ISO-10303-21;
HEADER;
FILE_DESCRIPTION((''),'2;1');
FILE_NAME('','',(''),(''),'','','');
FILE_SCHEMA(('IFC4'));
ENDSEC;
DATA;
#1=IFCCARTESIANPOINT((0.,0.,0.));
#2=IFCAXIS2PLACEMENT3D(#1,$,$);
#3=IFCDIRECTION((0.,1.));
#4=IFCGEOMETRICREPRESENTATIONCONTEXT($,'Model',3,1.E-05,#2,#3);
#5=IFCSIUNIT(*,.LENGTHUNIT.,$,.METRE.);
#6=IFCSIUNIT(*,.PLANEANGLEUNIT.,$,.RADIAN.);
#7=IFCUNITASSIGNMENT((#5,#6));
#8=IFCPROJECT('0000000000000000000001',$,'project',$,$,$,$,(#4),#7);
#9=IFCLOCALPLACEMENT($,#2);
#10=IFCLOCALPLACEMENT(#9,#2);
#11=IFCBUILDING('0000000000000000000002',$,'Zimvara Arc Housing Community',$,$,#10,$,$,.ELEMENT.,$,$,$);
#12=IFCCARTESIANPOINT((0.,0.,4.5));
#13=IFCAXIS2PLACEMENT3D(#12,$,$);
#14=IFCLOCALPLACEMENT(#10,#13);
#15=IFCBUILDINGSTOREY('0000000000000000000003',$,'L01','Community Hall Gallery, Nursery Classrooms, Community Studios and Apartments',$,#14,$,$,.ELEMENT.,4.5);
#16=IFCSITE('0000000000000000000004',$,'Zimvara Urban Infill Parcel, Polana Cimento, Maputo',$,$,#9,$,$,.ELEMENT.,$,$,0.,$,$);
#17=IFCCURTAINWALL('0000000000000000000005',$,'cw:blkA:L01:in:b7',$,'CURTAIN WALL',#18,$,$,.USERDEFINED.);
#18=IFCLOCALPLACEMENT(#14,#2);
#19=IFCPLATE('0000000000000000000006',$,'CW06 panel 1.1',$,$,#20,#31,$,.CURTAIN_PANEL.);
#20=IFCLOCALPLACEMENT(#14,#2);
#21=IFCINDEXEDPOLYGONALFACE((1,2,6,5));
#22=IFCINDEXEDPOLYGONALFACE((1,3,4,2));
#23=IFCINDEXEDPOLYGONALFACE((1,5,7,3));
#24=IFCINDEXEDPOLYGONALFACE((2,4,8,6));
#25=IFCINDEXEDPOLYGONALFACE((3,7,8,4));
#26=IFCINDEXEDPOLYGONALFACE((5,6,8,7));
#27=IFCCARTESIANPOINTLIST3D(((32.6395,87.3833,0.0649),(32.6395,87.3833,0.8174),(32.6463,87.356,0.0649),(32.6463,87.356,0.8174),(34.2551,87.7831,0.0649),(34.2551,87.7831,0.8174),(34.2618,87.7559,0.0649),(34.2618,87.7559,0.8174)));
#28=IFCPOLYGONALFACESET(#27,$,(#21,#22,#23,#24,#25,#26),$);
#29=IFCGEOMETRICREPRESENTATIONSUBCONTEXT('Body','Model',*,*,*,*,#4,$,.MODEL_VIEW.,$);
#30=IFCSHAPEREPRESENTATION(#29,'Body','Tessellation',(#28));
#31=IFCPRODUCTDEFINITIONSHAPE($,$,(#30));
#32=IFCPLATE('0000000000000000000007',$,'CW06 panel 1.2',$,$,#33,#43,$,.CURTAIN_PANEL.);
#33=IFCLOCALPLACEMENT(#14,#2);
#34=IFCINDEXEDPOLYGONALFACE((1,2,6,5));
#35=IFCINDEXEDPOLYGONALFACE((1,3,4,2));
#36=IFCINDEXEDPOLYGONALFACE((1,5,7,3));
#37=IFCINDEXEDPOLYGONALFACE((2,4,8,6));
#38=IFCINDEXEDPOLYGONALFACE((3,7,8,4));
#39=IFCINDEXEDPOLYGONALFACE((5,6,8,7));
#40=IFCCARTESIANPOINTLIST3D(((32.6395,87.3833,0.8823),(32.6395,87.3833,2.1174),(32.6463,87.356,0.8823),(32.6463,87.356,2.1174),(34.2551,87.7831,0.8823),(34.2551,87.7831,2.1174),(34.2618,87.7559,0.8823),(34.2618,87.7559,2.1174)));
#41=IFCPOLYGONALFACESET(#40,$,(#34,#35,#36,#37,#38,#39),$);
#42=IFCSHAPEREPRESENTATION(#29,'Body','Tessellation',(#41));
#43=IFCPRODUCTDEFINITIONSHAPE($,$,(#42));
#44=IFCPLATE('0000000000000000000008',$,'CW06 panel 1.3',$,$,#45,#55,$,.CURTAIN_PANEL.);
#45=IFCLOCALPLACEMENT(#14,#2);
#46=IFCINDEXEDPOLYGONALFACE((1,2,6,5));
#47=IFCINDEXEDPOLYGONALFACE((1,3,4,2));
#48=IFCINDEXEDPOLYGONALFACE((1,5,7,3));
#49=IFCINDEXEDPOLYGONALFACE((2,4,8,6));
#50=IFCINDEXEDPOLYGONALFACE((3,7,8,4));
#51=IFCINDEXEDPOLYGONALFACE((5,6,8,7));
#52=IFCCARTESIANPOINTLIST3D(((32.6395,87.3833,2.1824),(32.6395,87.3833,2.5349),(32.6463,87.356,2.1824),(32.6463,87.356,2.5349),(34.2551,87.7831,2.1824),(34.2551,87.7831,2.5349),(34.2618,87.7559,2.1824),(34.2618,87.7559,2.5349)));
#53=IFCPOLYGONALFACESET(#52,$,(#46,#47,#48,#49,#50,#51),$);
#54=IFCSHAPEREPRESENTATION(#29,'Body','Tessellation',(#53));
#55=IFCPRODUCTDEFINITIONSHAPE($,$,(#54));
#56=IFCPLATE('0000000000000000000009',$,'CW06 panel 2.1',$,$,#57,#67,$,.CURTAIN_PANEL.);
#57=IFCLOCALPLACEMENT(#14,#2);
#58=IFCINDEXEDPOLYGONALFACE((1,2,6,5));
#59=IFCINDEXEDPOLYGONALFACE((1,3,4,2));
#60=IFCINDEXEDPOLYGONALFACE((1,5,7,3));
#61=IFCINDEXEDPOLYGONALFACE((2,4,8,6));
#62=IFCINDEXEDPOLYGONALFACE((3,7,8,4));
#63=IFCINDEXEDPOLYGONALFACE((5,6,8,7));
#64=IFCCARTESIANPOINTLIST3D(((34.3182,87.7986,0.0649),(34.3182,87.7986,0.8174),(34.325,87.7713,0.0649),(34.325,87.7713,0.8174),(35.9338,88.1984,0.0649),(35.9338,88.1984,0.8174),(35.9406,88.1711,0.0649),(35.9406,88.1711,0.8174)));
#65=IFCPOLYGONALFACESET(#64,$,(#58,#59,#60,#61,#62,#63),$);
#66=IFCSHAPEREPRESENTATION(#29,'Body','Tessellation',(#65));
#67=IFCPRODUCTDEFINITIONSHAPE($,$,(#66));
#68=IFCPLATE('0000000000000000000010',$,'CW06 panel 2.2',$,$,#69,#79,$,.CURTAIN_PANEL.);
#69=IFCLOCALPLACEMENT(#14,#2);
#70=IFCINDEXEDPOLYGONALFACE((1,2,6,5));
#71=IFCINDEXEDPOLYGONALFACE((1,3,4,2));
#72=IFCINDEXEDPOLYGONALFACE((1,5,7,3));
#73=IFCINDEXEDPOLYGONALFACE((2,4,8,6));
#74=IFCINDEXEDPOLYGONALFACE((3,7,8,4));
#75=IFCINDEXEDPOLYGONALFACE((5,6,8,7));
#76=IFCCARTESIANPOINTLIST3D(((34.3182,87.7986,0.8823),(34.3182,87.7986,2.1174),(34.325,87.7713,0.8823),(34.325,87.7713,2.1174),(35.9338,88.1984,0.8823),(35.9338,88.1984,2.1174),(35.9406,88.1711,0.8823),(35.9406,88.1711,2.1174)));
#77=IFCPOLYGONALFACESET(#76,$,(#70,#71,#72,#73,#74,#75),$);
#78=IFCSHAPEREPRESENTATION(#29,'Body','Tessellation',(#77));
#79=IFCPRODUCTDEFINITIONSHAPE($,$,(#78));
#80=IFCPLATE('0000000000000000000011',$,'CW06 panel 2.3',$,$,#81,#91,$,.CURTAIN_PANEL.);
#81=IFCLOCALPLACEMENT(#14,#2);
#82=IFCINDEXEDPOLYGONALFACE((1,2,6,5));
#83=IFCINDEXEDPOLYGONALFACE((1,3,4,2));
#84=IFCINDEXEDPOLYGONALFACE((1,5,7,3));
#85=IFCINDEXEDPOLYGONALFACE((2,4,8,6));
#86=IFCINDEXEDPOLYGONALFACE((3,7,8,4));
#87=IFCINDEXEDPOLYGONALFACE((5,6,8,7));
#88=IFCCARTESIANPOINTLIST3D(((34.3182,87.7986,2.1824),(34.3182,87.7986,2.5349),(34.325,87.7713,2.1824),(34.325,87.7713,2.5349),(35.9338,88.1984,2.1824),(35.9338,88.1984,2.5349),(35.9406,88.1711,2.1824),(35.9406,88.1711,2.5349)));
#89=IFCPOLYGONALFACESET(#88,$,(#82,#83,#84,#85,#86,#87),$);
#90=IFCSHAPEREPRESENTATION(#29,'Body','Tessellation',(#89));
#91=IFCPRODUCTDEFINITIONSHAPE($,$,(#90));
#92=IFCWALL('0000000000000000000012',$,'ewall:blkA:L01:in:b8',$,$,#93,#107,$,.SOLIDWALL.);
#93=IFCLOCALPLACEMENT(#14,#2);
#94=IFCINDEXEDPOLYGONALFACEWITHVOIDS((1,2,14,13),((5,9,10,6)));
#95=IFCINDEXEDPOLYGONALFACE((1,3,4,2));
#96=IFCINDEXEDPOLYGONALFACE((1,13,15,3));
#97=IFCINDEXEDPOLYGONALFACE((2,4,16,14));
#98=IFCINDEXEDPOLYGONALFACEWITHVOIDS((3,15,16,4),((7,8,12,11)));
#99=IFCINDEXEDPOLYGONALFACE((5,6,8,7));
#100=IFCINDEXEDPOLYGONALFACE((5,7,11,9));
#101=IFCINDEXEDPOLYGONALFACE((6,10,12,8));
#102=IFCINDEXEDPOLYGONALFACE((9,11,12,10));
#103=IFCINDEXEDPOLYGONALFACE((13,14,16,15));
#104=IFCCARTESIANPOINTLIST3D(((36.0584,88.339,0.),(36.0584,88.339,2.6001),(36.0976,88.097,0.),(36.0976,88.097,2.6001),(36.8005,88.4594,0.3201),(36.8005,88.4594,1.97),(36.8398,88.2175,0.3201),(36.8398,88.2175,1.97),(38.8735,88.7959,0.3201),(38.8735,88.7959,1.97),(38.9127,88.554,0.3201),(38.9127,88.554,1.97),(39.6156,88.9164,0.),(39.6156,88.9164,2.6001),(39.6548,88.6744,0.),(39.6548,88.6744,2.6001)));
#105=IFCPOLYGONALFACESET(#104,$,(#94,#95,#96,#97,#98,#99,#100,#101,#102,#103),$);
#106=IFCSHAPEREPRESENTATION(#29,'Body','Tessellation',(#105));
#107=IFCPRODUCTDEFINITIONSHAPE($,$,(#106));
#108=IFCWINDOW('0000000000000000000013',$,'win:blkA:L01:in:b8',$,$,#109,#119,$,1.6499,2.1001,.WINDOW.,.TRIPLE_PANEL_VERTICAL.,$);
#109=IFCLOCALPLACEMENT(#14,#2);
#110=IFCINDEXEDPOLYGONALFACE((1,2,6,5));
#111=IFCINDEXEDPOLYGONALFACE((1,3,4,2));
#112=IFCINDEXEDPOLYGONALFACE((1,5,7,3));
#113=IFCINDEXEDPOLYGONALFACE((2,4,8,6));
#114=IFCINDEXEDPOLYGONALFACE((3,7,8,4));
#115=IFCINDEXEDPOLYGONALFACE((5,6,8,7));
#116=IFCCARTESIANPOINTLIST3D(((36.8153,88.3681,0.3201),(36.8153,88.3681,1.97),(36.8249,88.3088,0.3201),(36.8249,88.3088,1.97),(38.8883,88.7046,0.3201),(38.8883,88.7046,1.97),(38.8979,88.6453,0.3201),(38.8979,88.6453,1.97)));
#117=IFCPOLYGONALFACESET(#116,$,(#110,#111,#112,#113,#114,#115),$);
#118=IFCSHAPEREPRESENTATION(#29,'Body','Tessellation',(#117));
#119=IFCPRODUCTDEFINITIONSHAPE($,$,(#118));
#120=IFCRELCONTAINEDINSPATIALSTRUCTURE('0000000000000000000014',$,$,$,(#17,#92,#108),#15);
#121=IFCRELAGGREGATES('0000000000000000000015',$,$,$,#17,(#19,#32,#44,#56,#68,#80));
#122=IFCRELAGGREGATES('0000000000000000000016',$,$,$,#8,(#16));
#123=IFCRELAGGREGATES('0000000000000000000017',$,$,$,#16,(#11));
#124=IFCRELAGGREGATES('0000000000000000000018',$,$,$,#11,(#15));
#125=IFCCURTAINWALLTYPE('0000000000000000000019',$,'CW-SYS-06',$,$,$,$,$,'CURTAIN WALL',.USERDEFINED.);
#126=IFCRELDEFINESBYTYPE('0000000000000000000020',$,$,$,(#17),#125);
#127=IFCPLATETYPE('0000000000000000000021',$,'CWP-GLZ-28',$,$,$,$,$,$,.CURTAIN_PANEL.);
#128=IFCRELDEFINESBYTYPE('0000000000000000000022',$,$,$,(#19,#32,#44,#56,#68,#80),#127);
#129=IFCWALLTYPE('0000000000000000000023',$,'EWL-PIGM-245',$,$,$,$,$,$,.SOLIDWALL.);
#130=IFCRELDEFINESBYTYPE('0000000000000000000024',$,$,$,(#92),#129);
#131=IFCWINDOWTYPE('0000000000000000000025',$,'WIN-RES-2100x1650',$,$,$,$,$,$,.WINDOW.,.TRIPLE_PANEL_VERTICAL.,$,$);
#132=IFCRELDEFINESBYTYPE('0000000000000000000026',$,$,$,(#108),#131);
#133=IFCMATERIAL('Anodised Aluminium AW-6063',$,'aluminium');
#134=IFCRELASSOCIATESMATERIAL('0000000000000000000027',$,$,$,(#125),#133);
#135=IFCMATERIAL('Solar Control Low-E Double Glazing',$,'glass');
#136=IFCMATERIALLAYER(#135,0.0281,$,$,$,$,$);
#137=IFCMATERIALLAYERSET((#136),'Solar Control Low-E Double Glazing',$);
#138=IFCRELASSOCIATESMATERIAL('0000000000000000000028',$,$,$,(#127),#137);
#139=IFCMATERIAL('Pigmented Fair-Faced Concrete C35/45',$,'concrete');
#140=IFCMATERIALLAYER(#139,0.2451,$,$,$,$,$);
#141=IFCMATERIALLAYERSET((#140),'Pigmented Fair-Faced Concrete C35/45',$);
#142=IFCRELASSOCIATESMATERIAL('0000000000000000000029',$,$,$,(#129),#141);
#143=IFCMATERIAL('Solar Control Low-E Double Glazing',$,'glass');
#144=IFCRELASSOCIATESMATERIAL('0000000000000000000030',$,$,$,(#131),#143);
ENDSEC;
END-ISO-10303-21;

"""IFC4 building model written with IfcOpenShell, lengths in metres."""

from ifc_helpers import new_model, si_unit, direction, frame, frame_2d, origin, origin_2d, place, context, subcontext, project, spatial, rectangle, extrude, material, layer, layer_set, type_object, element, fill, aggregate, save


model = new_model("IFC4")

# Units and contexts
model_context = context("Model", 3, precision=1e-05, world=origin(), true_north=direction((0.0, 1.0)))
body_context = subcontext(model_context, "Body", "Model", "MODEL_VIEW")
ifc_project = project(units=[si_unit("LENGTHUNIT", "METRE"), si_unit("PLANEANGLEUNIT", "RADIAN")], contexts=[model_context])

# Site, building, storey
site_placement = place(None, origin())
site = spatial("IfcSite", under=ifc_project, at=site_placement, Name="Zimvara Urban Infill Parcel, Polana Cimento, Maputo", CompositionType="ELEMENT", RefElevation=0.0)
building_placement = place(site_placement, origin())
building = spatial("IfcBuilding", under=site, at=building_placement, Name="Zimvara Arc Housing Community", CompositionType="ELEMENT")
storey_placement = place(building_placement, frame((0.0, 0.0, 4.5)))
storey = spatial("IfcBuildingStorey", under=building, at=storey_placement, Name="L01", Description="Community Hall Gallery, Nursery Classrooms, Community Studios and Apartments", CompositionType="ELEMENT", Elevation=4.5)

# Curtain wall, plates
ifc_material_1 = material(Name="Anodised Aluminium AW-6063", Category="aluminium")
curtain_wall_type = type_object("IfcCurtainWallType", Name="CW-SYS-06", ElementType="CURTAIN WALL", PredefinedType="USERDEFINED", material=ifc_material_1)
curtain_wall_placement = place(storey_placement, origin())
curtain_wall = element("IfcCurtainWall", 1, at=curtain_wall_placement, inside=storey, type_object=curtain_wall_type, Name="cw:blkA:L01:in:b7", ObjectType="CURTAIN WALL", PredefinedType="USERDEFINED")
ifc_material_2 = material(Name="Solar Control Low-E Double Glazing", Category="glass")
ifc_layer_1 = layer(ifc_material_2, 0.0281)
ifc_layer_set_1 = layer_set([ifc_layer_1], Name="Solar Control Low-E Double Glazing")
plate_type = type_object("IfcPlateType", Name="CWP-GLZ-28", PredefinedType="CURTAIN_PANEL", material=ifc_layer_set_1)
plate_1_placement = place(storey_placement, frame((33.4507, 87.5696, 0.0649), z_axis=(0.0, 0.0, 1.0), x_axis=(0.970717, 0.240228, 0.0)))
plate_1 = element("IfcPlate", 2, at=plate_1_placement, type_object=plate_type, Name="CW06 panel 1.1", PredefinedType="CURTAIN_PANEL", context=body_context, shape_type="SweptSolid", body=[
    extrude(rectangle(XDim=1.6643, YDim=0.0281, at=origin_2d()), origin(), (0.0, 0.0, 1.0), 0.7524),
])
plate_2_placement = place(storey_placement, frame((33.4507, 87.5696, 0.8823), z_axis=(0.0, 0.0, 1.0), x_axis=(0.970717, 0.240228, 0.0)))
plate_2 = element("IfcPlate", 3, at=plate_2_placement, type_object=plate_type, Name="CW06 panel 1.2", PredefinedType="CURTAIN_PANEL", context=body_context, shape_type="SweptSolid", body=[
    extrude(rectangle(XDim=1.6643, YDim=0.0281, at=origin_2d()), origin(), (0.0, 0.0, 1.0), 1.2351),
])
plate_3_placement = place(storey_placement, frame((33.4507, 87.5696, 2.1824), z_axis=(0.0, 0.0, 1.0), x_axis=(0.970717, 0.240228, 0.0)))
plate_3 = element("IfcPlate", 4, at=plate_3_placement, type_object=plate_type, Name="CW06 panel 1.3", PredefinedType="CURTAIN_PANEL", context=body_context, shape_type="SweptSolid", body=[
    extrude(rectangle(XDim=1.6643, YDim=0.0281, at=origin_2d()), origin(), (0.0, 0.0, 1.0), 0.3525),
])
plate_4_placement = place(storey_placement, frame((35.1294, 87.9849, 0.0649), z_axis=(0.0, 0.0, 1.0), x_axis=(0.970717, 0.240228, 0.0)))
plate_4 = element("IfcPlate", 5, at=plate_4_placement, type_object=plate_type, Name="CW06 panel 2.1", PredefinedType="CURTAIN_PANEL", context=body_context, shape_type="SweptSolid", body=[
    extrude(rectangle(XDim=1.6643, YDim=0.0281, at=origin_2d()), origin(), (0.0, 0.0, 1.0), 0.7524),
])
plate_5_placement = place(storey_placement, frame((35.1294, 87.9849, 0.8823), z_axis=(0.0, 0.0, 1.0), x_axis=(0.970717, 0.240228, 0.0)))
plate_5 = element("IfcPlate", 6, at=plate_5_placement, type_object=plate_type, Name="CW06 panel 2.2", PredefinedType="CURTAIN_PANEL", context=body_context, shape_type="SweptSolid", body=[
    extrude(rectangle(XDim=1.6643, YDim=0.0281, at=origin_2d()), origin(), (0.0, 0.0, 1.0), 1.2351),
])
plate_6_placement = place(storey_placement, frame((35.1294, 87.9849, 2.1824), z_axis=(0.0, 0.0, 1.0), x_axis=(0.970717, 0.240228, 0.0)))
plate_6 = element("IfcPlate", 7, at=plate_6_placement, type_object=plate_type, Name="CW06 panel 2.3", PredefinedType="CURTAIN_PANEL", context=body_context, shape_type="SweptSolid", body=[
    extrude(rectangle(XDim=1.6643, YDim=0.0281, at=origin_2d()), origin(), (0.0, 0.0, 1.0), 0.3525),
])
aggregate(curtain_wall, [plate_1, plate_2, plate_3, plate_4, plate_5, plate_6])

# Wall, opening, window
ifc_material_3 = material(Name="Pigmented Fair-Faced Concrete C35/45", Category="concrete")
ifc_layer_2 = layer(ifc_material_3, 0.2451)
ifc_layer_set_2 = layer_set([ifc_layer_2], Name="Pigmented Fair-Faced Concrete C35/45")
wall_type = type_object("IfcWallType", Name="EWL-PIGM-245", PredefinedType="SOLIDWALL", material=ifc_layer_set_2)
wall_placement = place(storey_placement, frame((36.0781, 88.218, 0.0), z_axis=(0.0, 0.0, 1.0), x_axis=(0.987081, 0.160223, 0.0)))
wall = element("IfcWall", 8, at=wall_placement, inside=storey, type_object=wall_type, Name="ewall:blkA:L01:in:b8", PredefinedType="SOLIDWALL", context=body_context, shape_type="SweptSolid", body=[
    extrude(rectangle(XDim=3.6038, YDim=0.2451, at=frame_2d((1.8018, 0.0))), origin(), (0.0, 0.0, 1.0), 2.6001),
])
opening_placement = place(wall_placement, frame((0.7517, 0.0, 0.3201)))
opening = element("IfcOpeningElement", 9, at=opening_placement, cuts=wall, PredefinedType="OPENING", context=body_context, shape_type="SweptSolid", body=[
    extrude(rectangle(XDim=2.1001, YDim=1.6499, at=frame_2d((1.05, 0.825))), frame((0.0, 0.1326, 0.0), z_axis=(0.0, -1.0, 0.0), x_axis=(1.0, 0.0, 0.0)), (0.0, 0.0, 1.0), 0.2651),
])
ifc_material_4 = material(Name="Solar Control Low-E Double Glazing", Category="glass")
window_type = type_object("IfcWindowType", Name="WIN-RES-2100x1650", PartitioningType="TRIPLE_PANEL_VERTICAL", PredefinedType="WINDOW", material=ifc_material_4)
window_placement = place(opening_placement, origin())
window = element("IfcWindow", 10, at=window_placement, inside=storey, type_object=window_type, Name="win:blkA:L01:in:b8", OverallHeight=1.6499, OverallWidth=2.1001, PartitioningType="TRIPLE_PANEL_VERTICAL", PredefinedType="WINDOW", context=body_context, shape_type="SweptSolid", body=[
    extrude(rectangle(XDim=2.1001, YDim=1.6499, at=frame_2d((1.05, 0.825))), frame((0.0, 0.03, 0.0), z_axis=(0.0, -1.0, 0.0), x_axis=(1.0, 0.0, 0.0)), (0.0, 0.0, 1.0), 0.0601),
])
fill(opening, window)

save(model, "model.ifc")
